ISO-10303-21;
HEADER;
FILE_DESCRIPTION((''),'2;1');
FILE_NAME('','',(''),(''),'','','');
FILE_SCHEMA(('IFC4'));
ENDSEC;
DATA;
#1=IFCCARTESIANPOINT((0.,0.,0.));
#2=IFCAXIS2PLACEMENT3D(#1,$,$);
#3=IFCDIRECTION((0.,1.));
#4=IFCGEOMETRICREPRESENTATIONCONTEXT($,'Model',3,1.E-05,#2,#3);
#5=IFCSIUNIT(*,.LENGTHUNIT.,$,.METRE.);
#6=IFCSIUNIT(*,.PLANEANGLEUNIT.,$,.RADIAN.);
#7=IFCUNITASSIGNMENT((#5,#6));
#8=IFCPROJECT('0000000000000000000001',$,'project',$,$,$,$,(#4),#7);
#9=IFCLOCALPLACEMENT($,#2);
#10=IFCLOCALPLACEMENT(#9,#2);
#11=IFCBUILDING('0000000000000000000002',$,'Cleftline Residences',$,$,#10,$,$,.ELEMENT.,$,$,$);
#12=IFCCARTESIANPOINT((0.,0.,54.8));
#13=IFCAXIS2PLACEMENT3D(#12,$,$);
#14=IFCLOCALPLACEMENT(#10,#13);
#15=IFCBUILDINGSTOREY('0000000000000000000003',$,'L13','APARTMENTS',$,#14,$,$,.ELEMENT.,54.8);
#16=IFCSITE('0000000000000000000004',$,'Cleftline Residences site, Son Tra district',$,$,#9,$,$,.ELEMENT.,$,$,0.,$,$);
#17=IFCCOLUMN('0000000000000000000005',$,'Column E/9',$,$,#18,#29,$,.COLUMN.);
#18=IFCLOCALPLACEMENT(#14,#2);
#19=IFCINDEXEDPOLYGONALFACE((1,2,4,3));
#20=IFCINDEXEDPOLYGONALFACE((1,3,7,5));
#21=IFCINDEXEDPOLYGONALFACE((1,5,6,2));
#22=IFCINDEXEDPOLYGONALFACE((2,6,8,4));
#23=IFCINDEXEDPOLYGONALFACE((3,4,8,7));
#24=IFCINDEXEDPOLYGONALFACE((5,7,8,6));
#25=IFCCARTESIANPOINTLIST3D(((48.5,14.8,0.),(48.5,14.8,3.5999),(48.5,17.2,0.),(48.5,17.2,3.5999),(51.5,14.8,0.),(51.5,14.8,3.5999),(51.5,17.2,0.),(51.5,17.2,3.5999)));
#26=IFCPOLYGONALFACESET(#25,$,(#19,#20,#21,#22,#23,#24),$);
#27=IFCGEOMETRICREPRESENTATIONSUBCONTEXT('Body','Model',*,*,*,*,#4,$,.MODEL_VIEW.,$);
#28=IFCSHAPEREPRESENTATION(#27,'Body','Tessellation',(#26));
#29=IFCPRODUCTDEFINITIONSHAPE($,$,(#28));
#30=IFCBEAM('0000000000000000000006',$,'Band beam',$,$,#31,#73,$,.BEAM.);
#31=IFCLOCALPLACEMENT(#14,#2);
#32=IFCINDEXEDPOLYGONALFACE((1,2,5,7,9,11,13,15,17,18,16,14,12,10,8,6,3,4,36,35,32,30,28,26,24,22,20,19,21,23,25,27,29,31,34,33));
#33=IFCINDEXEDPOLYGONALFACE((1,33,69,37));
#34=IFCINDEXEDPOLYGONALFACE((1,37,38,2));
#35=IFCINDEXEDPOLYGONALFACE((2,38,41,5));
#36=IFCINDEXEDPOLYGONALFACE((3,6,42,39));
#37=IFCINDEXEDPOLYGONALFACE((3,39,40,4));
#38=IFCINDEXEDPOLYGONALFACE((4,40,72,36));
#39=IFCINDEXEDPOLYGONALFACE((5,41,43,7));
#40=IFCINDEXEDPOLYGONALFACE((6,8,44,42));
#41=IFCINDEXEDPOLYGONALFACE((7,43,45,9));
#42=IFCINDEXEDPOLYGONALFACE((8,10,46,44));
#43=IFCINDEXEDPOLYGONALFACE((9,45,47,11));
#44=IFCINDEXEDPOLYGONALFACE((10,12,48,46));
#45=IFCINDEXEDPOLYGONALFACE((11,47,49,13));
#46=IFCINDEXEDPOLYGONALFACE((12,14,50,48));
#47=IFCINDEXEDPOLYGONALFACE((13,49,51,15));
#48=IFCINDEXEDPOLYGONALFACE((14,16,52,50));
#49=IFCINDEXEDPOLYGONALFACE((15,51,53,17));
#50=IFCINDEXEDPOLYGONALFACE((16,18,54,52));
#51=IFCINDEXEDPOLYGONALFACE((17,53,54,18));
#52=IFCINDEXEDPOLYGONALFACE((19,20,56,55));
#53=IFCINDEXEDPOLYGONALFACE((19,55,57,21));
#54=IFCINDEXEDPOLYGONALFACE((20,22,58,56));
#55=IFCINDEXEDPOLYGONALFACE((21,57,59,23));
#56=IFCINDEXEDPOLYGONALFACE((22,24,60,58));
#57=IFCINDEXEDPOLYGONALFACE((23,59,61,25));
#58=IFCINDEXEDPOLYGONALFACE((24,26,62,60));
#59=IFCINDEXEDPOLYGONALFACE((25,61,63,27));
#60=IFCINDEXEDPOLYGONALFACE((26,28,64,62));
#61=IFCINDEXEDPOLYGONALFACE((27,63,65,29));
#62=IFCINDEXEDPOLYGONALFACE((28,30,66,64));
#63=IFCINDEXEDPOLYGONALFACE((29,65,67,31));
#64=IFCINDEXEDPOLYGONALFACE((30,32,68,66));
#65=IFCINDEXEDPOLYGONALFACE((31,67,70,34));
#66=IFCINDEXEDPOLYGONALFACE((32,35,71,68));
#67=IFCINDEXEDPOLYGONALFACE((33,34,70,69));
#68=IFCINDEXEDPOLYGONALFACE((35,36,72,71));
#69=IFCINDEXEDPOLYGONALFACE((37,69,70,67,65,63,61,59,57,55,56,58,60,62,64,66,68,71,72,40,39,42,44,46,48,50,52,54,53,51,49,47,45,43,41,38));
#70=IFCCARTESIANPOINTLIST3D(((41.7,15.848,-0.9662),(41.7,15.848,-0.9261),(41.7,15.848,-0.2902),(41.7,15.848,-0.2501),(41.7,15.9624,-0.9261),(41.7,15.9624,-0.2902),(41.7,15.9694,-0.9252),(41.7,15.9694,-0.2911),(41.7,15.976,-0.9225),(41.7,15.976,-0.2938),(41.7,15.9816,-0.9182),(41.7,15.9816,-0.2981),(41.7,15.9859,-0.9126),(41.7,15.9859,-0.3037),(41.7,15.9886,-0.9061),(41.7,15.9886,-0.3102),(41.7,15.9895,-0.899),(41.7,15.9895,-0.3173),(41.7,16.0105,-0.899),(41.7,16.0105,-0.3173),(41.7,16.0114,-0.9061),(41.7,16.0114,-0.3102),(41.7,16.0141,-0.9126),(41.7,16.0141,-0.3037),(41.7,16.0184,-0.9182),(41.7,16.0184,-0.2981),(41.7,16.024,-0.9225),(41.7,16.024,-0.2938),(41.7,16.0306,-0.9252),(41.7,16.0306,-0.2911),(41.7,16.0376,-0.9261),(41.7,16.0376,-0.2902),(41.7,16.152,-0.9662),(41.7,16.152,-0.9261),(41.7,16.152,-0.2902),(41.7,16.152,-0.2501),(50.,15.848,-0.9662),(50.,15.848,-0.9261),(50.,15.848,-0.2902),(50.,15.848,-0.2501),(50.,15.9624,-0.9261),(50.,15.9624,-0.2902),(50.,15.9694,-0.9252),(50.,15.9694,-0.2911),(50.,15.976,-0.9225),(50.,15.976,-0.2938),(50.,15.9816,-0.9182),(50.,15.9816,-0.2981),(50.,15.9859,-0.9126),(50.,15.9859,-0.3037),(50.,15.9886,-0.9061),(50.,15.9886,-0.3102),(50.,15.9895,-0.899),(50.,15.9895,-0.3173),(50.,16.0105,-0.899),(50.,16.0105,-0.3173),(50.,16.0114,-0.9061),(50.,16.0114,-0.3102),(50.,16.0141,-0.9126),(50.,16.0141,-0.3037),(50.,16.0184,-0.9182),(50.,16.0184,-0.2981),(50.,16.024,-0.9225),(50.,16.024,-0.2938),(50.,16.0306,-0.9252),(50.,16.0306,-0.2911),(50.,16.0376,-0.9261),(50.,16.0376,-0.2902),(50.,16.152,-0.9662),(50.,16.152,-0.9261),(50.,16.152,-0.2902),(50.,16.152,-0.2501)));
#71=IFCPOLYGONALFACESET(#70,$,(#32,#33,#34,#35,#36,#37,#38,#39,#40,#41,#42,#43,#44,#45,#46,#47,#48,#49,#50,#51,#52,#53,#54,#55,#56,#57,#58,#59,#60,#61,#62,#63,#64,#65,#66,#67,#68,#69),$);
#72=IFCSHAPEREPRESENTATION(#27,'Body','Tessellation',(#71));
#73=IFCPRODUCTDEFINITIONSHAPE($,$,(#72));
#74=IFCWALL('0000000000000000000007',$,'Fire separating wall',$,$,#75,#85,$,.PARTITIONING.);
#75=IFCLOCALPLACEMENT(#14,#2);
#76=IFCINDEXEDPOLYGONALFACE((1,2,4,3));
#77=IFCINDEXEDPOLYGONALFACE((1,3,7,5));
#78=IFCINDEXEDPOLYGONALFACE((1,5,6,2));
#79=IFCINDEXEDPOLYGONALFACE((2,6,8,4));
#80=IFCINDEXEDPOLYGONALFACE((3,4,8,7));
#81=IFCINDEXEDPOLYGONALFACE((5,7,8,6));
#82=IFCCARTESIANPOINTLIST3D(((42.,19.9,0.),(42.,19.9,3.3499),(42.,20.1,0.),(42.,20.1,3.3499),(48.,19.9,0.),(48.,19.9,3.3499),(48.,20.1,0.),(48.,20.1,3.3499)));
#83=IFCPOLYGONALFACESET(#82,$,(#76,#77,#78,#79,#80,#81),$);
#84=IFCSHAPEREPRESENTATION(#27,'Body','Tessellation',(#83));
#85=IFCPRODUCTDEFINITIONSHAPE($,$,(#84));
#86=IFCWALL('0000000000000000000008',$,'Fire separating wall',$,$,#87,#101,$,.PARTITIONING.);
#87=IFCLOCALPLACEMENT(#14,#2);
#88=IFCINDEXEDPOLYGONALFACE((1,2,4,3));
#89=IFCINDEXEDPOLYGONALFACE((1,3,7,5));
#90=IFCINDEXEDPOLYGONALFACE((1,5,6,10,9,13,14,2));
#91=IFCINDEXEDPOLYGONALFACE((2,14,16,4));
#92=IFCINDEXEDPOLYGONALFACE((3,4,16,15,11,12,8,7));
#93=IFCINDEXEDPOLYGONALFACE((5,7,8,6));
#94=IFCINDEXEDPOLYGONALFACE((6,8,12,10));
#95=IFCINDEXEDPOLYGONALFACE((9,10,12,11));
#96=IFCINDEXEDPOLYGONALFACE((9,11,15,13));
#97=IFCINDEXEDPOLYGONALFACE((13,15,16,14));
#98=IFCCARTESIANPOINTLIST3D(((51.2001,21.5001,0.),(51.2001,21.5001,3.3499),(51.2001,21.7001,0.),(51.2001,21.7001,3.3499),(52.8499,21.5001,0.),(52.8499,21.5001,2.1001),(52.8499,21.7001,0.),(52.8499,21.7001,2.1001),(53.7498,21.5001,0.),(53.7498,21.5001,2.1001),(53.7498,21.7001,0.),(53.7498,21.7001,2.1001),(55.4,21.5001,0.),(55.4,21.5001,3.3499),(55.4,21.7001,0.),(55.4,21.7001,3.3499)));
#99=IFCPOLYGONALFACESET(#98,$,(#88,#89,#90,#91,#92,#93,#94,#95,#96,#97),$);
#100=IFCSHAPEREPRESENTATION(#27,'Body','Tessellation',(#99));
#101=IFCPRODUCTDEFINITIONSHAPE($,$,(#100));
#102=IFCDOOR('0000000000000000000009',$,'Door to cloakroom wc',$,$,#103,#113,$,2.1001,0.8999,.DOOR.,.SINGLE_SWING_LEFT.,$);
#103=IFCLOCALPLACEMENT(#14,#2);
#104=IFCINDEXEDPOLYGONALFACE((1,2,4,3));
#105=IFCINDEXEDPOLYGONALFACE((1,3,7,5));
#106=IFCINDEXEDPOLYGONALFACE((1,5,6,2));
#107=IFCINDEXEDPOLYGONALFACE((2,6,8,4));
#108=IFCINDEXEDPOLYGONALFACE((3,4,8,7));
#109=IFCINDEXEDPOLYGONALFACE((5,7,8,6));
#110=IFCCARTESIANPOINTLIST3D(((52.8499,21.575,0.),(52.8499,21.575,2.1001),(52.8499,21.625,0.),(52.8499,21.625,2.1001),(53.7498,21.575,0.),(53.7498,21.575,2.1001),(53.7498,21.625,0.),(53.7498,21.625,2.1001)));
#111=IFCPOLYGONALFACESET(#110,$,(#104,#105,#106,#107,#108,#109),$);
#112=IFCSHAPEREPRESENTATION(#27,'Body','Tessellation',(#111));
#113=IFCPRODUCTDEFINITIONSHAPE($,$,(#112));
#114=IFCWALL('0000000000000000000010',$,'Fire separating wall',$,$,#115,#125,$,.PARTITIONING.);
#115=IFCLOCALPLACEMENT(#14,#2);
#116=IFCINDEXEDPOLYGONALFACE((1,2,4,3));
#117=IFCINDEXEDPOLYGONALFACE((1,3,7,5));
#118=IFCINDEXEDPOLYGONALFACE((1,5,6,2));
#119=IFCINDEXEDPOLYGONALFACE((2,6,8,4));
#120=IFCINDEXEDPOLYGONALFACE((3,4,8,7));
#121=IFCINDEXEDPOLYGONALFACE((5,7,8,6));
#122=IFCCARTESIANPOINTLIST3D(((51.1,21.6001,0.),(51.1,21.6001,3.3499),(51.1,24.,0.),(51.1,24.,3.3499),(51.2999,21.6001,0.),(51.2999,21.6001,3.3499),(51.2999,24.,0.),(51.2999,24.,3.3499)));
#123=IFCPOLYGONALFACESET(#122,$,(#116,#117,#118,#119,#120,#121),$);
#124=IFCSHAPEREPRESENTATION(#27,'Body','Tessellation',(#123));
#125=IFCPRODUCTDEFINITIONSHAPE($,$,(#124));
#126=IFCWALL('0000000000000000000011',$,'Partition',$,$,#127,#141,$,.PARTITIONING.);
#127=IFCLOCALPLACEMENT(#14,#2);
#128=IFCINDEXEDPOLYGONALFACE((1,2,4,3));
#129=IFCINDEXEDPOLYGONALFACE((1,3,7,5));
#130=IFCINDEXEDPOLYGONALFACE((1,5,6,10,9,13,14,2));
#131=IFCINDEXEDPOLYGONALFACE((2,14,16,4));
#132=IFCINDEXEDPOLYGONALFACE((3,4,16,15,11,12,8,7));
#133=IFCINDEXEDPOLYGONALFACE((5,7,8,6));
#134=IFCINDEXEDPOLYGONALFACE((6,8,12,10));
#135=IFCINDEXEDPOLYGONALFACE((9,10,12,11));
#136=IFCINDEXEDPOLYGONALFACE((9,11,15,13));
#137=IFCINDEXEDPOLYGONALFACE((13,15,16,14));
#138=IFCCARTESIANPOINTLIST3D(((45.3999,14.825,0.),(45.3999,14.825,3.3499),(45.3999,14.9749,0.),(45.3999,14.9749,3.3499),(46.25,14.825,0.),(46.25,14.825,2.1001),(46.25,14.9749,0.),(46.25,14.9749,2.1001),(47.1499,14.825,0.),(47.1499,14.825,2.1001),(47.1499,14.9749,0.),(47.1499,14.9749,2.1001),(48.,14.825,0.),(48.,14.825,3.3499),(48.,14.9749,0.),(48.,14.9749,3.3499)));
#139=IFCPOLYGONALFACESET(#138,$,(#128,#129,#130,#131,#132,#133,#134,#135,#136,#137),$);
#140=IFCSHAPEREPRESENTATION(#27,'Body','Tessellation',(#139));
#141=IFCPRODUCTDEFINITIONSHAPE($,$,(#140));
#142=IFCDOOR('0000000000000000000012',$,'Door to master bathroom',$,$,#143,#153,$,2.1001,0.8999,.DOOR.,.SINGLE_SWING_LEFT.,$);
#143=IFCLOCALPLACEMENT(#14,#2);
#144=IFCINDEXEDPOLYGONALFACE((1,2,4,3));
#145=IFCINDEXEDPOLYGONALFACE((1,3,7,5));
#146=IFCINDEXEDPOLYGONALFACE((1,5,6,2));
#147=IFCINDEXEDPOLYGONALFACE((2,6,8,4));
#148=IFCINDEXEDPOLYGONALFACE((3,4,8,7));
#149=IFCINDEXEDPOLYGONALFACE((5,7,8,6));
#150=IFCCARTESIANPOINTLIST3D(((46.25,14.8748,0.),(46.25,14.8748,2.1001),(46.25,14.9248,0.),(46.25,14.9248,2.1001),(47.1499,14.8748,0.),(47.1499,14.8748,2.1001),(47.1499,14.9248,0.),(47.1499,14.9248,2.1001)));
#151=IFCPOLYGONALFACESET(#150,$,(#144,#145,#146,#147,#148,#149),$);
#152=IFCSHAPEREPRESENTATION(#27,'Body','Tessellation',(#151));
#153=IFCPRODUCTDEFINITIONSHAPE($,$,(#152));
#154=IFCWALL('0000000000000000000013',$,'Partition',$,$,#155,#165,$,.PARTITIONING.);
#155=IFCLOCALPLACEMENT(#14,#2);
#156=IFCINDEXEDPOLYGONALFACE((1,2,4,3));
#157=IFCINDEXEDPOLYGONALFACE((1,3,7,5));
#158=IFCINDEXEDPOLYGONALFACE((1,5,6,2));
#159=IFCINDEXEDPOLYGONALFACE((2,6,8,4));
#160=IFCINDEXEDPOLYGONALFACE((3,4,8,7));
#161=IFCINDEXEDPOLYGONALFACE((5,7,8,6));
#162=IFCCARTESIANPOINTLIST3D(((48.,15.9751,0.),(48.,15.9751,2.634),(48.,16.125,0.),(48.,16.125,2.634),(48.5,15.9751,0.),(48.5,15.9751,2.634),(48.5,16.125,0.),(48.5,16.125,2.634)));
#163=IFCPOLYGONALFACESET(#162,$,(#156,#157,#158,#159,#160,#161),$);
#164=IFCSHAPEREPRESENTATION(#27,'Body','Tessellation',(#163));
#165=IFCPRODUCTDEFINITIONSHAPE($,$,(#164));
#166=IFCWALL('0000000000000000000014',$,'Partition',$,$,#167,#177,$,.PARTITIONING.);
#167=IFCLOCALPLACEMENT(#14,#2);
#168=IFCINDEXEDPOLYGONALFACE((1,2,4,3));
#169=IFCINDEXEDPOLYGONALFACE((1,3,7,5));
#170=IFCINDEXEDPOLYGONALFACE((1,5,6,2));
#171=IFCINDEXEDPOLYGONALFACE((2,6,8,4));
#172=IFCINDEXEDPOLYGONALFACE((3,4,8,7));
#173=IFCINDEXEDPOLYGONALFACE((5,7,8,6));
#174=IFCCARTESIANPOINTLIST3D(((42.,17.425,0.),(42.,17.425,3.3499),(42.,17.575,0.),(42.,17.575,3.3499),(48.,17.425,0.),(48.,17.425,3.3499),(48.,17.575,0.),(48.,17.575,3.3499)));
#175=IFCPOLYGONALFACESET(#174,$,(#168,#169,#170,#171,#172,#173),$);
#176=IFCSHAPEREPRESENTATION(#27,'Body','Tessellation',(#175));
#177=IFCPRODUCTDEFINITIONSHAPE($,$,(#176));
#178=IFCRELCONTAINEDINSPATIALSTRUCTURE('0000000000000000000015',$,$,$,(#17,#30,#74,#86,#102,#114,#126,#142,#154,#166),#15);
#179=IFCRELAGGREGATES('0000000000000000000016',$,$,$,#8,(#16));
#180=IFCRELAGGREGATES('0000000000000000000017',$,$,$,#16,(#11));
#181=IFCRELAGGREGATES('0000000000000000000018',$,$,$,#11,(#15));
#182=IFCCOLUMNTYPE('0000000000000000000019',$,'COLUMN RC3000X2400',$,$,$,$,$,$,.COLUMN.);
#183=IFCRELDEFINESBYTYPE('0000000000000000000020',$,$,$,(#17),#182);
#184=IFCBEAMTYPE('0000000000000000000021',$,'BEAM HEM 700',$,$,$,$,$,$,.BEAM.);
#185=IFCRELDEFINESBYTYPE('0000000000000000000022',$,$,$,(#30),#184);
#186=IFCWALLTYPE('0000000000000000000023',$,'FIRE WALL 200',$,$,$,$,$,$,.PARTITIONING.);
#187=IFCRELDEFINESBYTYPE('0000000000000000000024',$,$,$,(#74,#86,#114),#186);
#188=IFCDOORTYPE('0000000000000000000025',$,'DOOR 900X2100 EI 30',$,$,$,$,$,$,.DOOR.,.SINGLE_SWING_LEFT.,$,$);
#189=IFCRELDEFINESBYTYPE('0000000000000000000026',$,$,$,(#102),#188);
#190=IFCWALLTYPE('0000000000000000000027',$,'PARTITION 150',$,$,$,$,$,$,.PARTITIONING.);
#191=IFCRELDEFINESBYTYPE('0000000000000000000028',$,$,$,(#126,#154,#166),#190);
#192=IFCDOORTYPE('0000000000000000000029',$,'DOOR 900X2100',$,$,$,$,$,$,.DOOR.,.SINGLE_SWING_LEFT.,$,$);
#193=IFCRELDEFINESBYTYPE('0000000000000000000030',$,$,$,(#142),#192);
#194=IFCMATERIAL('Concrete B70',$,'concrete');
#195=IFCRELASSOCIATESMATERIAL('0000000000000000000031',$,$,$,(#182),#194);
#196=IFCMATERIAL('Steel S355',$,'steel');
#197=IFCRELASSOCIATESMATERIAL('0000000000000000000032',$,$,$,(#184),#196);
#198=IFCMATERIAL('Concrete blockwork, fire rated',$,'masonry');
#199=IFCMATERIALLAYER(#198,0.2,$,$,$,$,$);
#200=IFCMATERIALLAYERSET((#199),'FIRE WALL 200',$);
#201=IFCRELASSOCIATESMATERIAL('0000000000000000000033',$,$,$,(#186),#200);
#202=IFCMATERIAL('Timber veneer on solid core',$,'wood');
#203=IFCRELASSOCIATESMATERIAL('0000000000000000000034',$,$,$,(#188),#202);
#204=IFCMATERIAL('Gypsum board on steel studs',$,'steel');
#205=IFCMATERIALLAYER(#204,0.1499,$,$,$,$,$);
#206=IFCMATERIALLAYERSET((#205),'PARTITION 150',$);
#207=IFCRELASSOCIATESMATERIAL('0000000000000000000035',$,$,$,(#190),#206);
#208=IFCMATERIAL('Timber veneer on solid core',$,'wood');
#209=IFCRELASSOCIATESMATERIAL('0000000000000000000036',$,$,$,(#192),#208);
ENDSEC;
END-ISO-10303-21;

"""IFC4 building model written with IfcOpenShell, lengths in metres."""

from ifc_helpers import new_model, si_unit, direction, frame, frame_2d, origin, origin_2d, place, context, subcontext, project, spatial, rectangle, i_section, extrude, material, layer, layer_set, material_profile, profile_set, type_object, element, fill, save


model = new_model("IFC4")

# Units and contexts
model_context = context("Model", 3, precision=1e-05, world=origin(), true_north=direction((0.0, 1.0)))
body_context = subcontext(model_context, "Body", "Model", "MODEL_VIEW")
ifc_project = project(units=[si_unit("LENGTHUNIT", "METRE"), si_unit("PLANEANGLEUNIT", "RADIAN")], contexts=[model_context])

# Site, building, storey
site_placement = place(None, origin())
site = spatial("IfcSite", under=ifc_project, at=site_placement, Name="Cleftline Residences site, Son Tra district", CompositionType="ELEMENT", RefElevation=0.0)
building_placement = place(site_placement, origin())
building = spatial("IfcBuilding", under=site, at=building_placement, Name="Cleftline Residences", CompositionType="ELEMENT")
storey_placement = place(building_placement, frame((0.0, 0.0, 54.8)))
storey = spatial("IfcBuildingStorey", under=building, at=storey_placement, Name="L13", Description="APARTMENTS", CompositionType="ELEMENT", Elevation=54.8)

# Column
ifc_material_1 = material(Name="Concrete B70", Category="concrete")
ifc_material_profile_1 = material_profile(ifc_material_1, rectangle(XDim=3.0, YDim=2.3999, at=origin_2d()))
ifc_profile_set_1 = profile_set([ifc_material_profile_1], Name="Concrete B70")
column_type = type_object("IfcColumnType", Name="COLUMN RC3000X2400", PredefinedType="COLUMN", material=ifc_profile_set_1)
column_placement = place(storey_placement, frame((50.0, 16.0, 0.0), z_axis=(0.0, 0.0, 1.0), x_axis=(1.0, 0.0, 0.0)))
element("IfcColumn", 1, at=column_placement, inside=storey, type_object=column_type, Name="Column E/9", PredefinedType="COLUMN", context=body_context, shape_type="SweptSolid", body=[
    extrude(rectangle(XDim=3.0, YDim=2.3999, at=origin_2d()), origin(), (0.0, 0.0, 1.0), 3.5999),
])

# Beam
ifc_material_2 = material(Name="Steel S355", Category="steel")
ifc_material_profile_2 = material_profile(ifc_material_2, i_section(OverallWidth=0.304, OverallDepth=0.7161, WebThickness=0.021, FlangeThickness=0.04, FilletRadius=0.0271, at=origin_2d()))
ifc_profile_set_2 = profile_set([ifc_material_profile_2], Name="Steel S355")
beam_type = type_object("IfcBeamType", Name="BEAM HEM 700", PredefinedType="BEAM", material=ifc_profile_set_2)
beam_placement = place(storey_placement, frame((50.0, 16.0, -0.6082), z_axis=(-1.0, 0.0, 0.0), x_axis=(0.0, -1.0, 0.0)))
element("IfcBeam", 2, at=beam_placement, inside=storey, type_object=beam_type, Name="Band beam", PredefinedType="BEAM", context=body_context, shape_type="SweptSolid", body=[
    extrude(i_section(OverallWidth=0.304, OverallDepth=0.7161, WebThickness=0.021, FlangeThickness=0.04, FilletRadius=0.0271, at=origin_2d()), origin(), (0.0, 0.0, 1.0), 8.3),
])

# Wall
ifc_material_3 = material(Name="Concrete blockwork, fire rated", Category="masonry")
ifc_layer_1 = layer(ifc_material_3, 0.2)
ifc_layer_set_1 = layer_set([ifc_layer_1], Name="FIRE WALL 200")
wall_type_1 = type_object("IfcWallType", Name="FIRE WALL 200", PredefinedType="PARTITIONING", material=ifc_layer_set_1)
wall_1_placement = place(storey_placement, frame((42.0, 20.0, 0.0), z_axis=(0.0, 0.0, 1.0), x_axis=(1.0, 0.0, 0.0)))
element("IfcWall", 3, at=wall_1_placement, inside=storey, type_object=wall_type_1, Name="Fire separating wall", PredefinedType="PARTITIONING", context=body_context, shape_type="SweptSolid", body=[
    extrude(rectangle(XDim=6.0, YDim=0.2, at=frame_2d((3.0, 0.0))), origin(), (0.0, 0.0, 1.0), 3.3499),
])

# Wall, opening, door
wall_2_placement = place(storey_placement, frame((51.2, 21.6001, 0.0), z_axis=(0.0, 0.0, 1.0), x_axis=(1.0, 0.0, 0.0)))
wall_2 = element("IfcWall", 4, at=wall_2_placement, inside=storey, type_object=wall_type_1, Name="Fire separating wall", PredefinedType="PARTITIONING", context=body_context, shape_type="SweptSolid", body=[
    extrude(rectangle(XDim=4.2, YDim=0.2, at=frame_2d((2.1001, 0.0))), origin(), (0.0, 0.0, 1.0), 3.3499),
])
opening_1_placement = place(wall_2_placement, frame((1.6499, 0.0, 0.0)))
opening_1 = element("IfcOpeningElement", 5, at=opening_1_placement, cuts=wall_2, PredefinedType="OPENING", context=body_context, shape_type="SweptSolid", body=[
    extrude(rectangle(XDim=0.8999, YDim=2.1001, at=frame_2d((0.45, 1.05))), frame((0.0, 0.1099, 0.0), z_axis=(0.0, -1.0, 0.0), x_axis=(1.0, 0.0, 0.0)), (0.0, 0.0, 1.0), 0.22),
])
ifc_material_4 = material(Name="Timber veneer on solid core", Category="wood")
door_type_1 = type_object("IfcDoorType", Name="DOOR 900X2100 EI 30", OperationType="SINGLE_SWING_LEFT", PredefinedType="DOOR", material=ifc_material_4)
door_1_placement = place(opening_1_placement, origin())
door_1 = element("IfcDoor", 6, at=door_1_placement, inside=storey, type_object=door_type_1, Name="Door to cloakroom wc", OperationType="SINGLE_SWING_LEFT", OverallHeight=2.1001, OverallWidth=0.8999, PredefinedType="DOOR", context=body_context, shape_type="SweptSolid", body=[
    extrude(rectangle(XDim=0.8999, YDim=2.1001, at=frame_2d((0.45, 1.05))), frame((0.0, 0.0249, 0.0), z_axis=(0.0, -1.0, 0.0), x_axis=(1.0, 0.0, 0.0)), (0.0, 0.0, 1.0), 0.05),
])
fill(opening_1, door_1)

# Wall
wall_3_placement = place(storey_placement, frame((51.2, 21.6001, 0.0), z_axis=(0.0, 0.0, 1.0), x_axis=(0.0, 1.0, 0.0)))
element("IfcWall", 7, at=wall_3_placement, inside=storey, type_object=wall_type_1, Name="Fire separating wall", PredefinedType="PARTITIONING", context=body_context, shape_type="SweptSolid", body=[
    extrude(rectangle(XDim=2.3999, YDim=0.2, at=frame_2d((1.2, 0.0))), origin(), (0.0, 0.0, 1.0), 3.3499),
])

# Wall, opening, door
ifc_material_5 = material(Name="Gypsum board on steel studs", Category="steel")
ifc_layer_2 = layer(ifc_material_5, 0.1499)
ifc_layer_set_2 = layer_set([ifc_layer_2], Name="PARTITION 150")
wall_type_2 = type_object("IfcWallType", Name="PARTITION 150", PredefinedType="PARTITIONING", material=ifc_layer_set_2)
wall_4_placement = place(storey_placement, frame((45.3999, 14.8999, 0.0), z_axis=(0.0, 0.0, 1.0), x_axis=(1.0, 0.0, 0.0)))
wall_4 = element("IfcWall", 8, at=wall_4_placement, inside=storey, type_object=wall_type_2, Name="Partition", PredefinedType="PARTITIONING", context=body_context, shape_type="SweptSolid", body=[
    extrude(rectangle(XDim=2.6001, YDim=0.1499, at=frame_2d((1.3, 0.0))), origin(), (0.0, 0.0, 1.0), 3.3499),
])
opening_2_placement = place(wall_4_placement, frame((0.8501, 0.0, 0.0)))
opening_2 = element("IfcOpeningElement", 9, at=opening_2_placement, cuts=wall_4, PredefinedType="OPENING", context=body_context, shape_type="SweptSolid", body=[
    extrude(rectangle(XDim=0.8999, YDim=2.1001, at=frame_2d((0.45, 1.05))), frame((0.0, 0.085, 0.0), z_axis=(0.0, -1.0, 0.0), x_axis=(1.0, 0.0, 0.0)), (0.0, 0.0, 1.0), 0.1699),
])
ifc_material_6 = material(Name="Timber veneer on solid core", Category="wood")
door_type_2 = type_object("IfcDoorType", Name="DOOR 900X2100", OperationType="SINGLE_SWING_LEFT", PredefinedType="DOOR", material=ifc_material_6)
door_2_placement = place(opening_2_placement, origin())
door_2 = element("IfcDoor", 10, at=door_2_placement, inside=storey, type_object=door_type_2, Name="Door to master bathroom", OperationType="SINGLE_SWING_LEFT", OverallHeight=2.1001, OverallWidth=0.8999, PredefinedType="DOOR", context=body_context, shape_type="SweptSolid", body=[
    extrude(rectangle(XDim=0.8999, YDim=2.1001, at=frame_2d((0.45, 1.05))), frame((0.0, 0.0249, 0.0), z_axis=(0.0, -1.0, 0.0), x_axis=(1.0, 0.0, 0.0)), (0.0, 0.0, 1.0), 0.05),
])
fill(opening_2, door_2)

# Walls
wall_5_placement = place(storey_placement, frame((48.0, 16.05, 0.0), z_axis=(0.0, 0.0, 1.0), x_axis=(1.0, 0.0, 0.0)))
element("IfcWall", 11, at=wall_5_placement, inside=storey, type_object=wall_type_2, Name="Partition", PredefinedType="PARTITIONING", context=body_context, shape_type="SweptSolid", body=[
    extrude(rectangle(XDim=0.5, YDim=0.1499, at=frame_2d((0.25, 0.0))), origin(), (0.0, 0.0, 1.0), 2.634),
])
wall_6_placement = place(storey_placement, frame((42.0, 17.5, 0.0), z_axis=(0.0, 0.0, 1.0), x_axis=(1.0, 0.0, 0.0)))
element("IfcWall", 12, at=wall_6_placement, inside=storey, type_object=wall_type_2, Name="Partition", PredefinedType="PARTITIONING", context=body_context, shape_type="SweptSolid", body=[
    extrude(rectangle(XDim=6.0, YDim=0.1499, at=frame_2d((3.0, 0.0))), origin(), (0.0, 0.0, 1.0), 3.3499),
])

save(model, "model.ifc")
